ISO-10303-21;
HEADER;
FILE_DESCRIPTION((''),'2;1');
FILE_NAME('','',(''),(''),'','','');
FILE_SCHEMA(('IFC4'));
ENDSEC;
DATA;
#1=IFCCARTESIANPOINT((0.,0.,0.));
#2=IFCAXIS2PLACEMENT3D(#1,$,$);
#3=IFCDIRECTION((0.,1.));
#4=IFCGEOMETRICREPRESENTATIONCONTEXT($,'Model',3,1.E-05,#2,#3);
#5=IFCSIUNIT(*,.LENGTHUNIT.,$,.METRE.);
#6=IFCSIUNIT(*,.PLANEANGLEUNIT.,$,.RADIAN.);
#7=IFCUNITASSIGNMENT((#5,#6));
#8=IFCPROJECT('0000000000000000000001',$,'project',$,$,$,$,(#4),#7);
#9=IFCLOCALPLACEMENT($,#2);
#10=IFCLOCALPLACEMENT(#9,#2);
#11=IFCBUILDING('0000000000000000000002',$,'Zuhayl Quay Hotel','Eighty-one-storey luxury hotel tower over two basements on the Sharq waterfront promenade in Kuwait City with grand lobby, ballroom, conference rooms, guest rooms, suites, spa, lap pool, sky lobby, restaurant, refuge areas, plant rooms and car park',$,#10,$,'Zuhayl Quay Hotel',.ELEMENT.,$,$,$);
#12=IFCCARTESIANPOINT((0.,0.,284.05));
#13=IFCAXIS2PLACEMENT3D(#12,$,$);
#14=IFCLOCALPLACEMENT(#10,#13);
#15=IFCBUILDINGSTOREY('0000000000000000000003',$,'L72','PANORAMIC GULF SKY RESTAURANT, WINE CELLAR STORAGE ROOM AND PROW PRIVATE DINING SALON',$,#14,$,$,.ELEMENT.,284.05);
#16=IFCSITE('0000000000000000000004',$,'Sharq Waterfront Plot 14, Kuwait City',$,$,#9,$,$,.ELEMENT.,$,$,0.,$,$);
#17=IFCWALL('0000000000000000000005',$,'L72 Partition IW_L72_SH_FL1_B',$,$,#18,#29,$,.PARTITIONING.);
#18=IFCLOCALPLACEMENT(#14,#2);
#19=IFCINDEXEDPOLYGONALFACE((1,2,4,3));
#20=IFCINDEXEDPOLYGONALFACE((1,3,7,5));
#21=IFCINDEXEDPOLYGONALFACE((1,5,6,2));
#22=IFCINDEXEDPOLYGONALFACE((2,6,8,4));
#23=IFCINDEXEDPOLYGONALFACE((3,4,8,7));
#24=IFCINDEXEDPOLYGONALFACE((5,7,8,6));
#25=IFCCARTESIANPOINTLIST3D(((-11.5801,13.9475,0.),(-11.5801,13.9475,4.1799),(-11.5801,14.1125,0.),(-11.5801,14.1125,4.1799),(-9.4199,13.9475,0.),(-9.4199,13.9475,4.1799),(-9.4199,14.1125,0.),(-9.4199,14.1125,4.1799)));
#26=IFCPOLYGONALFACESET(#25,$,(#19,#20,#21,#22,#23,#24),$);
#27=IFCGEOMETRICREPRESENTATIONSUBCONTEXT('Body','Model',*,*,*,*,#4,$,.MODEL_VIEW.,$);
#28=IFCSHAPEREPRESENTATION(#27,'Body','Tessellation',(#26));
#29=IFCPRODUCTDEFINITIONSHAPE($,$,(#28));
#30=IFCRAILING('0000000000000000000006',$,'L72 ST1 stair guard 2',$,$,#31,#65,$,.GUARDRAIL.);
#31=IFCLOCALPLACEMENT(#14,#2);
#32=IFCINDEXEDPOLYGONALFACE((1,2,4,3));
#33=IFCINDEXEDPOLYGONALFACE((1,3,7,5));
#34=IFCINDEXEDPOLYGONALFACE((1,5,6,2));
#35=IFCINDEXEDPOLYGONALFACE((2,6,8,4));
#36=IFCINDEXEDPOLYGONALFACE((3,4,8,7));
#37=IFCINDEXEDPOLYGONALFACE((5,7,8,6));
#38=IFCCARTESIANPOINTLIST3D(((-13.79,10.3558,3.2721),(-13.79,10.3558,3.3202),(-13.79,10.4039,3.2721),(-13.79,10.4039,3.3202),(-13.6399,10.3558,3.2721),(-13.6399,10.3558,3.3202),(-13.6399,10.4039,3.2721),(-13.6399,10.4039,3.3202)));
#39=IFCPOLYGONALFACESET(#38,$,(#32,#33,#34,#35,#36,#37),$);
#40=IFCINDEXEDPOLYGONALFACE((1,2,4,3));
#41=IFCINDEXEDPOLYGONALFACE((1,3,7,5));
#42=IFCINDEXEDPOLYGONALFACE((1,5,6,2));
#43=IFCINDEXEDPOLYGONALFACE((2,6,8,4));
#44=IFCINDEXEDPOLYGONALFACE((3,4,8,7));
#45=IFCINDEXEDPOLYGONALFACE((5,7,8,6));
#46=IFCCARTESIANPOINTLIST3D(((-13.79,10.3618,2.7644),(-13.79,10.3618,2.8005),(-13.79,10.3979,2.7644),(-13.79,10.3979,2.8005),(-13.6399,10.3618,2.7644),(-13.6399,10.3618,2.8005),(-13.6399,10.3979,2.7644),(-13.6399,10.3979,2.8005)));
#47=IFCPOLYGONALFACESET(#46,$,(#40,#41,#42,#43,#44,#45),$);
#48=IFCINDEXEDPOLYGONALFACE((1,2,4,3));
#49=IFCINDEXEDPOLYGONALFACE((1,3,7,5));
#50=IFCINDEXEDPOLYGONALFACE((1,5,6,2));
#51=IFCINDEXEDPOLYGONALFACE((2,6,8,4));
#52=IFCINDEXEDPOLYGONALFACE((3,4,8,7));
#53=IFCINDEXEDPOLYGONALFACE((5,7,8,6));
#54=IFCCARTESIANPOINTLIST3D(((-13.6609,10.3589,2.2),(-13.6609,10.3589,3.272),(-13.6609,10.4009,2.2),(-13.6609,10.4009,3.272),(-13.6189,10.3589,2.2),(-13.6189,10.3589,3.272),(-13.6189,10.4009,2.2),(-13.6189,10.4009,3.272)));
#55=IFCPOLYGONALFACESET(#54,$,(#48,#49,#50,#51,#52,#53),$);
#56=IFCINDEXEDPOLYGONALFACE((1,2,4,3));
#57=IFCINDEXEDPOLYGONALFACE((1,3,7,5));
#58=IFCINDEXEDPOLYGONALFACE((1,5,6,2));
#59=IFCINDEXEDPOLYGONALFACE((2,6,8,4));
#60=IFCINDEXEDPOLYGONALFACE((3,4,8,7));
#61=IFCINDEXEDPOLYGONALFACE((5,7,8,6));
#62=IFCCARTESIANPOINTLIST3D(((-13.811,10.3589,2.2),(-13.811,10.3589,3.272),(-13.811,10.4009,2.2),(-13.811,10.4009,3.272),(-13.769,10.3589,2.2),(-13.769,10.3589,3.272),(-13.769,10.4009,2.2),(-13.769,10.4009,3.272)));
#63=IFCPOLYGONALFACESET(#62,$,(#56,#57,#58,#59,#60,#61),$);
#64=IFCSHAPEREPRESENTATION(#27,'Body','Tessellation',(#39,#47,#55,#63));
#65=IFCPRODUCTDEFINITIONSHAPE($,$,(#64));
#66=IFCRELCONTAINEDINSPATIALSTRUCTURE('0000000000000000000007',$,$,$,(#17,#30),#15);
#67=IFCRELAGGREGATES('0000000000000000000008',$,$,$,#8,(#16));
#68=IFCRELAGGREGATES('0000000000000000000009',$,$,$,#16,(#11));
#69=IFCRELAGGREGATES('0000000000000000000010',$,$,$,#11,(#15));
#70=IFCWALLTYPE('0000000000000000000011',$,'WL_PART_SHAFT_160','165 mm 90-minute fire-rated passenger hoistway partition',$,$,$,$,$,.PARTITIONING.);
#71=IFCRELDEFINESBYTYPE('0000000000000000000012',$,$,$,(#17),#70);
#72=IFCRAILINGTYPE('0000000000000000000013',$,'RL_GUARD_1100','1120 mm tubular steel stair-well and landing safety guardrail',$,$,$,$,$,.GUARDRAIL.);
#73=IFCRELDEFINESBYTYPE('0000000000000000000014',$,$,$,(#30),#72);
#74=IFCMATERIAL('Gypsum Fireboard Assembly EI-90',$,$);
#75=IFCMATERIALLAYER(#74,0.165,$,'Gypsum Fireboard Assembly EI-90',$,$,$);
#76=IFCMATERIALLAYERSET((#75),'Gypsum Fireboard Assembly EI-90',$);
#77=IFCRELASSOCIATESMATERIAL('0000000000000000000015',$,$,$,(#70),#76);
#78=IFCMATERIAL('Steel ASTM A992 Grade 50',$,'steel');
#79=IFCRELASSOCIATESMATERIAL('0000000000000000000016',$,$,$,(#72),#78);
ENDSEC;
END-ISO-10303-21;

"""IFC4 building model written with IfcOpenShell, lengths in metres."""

from ifc_helpers import new_model, si_unit, direction, frame, frame_2d, origin, origin_2d, place, context, subcontext, project, spatial, rectangle, extrude, material, layer, layer_set, type_object, element, save


model = new_model("IFC4")

# Units and contexts
model_context = context("Model", 3, precision=1e-05, world=origin(), true_north=direction((0.0, 1.0)))
body_context = subcontext(model_context, "Body", "Model", "MODEL_VIEW")
ifc_project = project(units=[si_unit("LENGTHUNIT", "METRE"), si_unit("PLANEANGLEUNIT", "RADIAN")], contexts=[model_context])

# Site, building, storey
site_placement = place(None, origin())
site = spatial("IfcSite", under=ifc_project, at=site_placement, Name="Sharq Waterfront Plot 14, Kuwait City", CompositionType="ELEMENT", RefElevation=0.0)
building_placement = place(site_placement, origin())
building = spatial("IfcBuilding", under=site, at=building_placement, Name="Zuhayl Quay Hotel", Description="Eighty-one-storey luxury hotel tower over two basements on the Sharq waterfront promenade in Kuwait City with grand lobby, ballroom, conference rooms, guest rooms, suites, spa, lap pool, sky lobby, restaurant, refuge areas, plant rooms and car park", LongName="Zuhayl Quay Hotel", CompositionType="ELEMENT")
storey_placement = place(building_placement, frame((0.0, 0.0, 284.05)))
storey = spatial("IfcBuildingStorey", under=building, at=storey_placement, Name="L72", Description="PANORAMIC GULF SKY RESTAURANT, WINE CELLAR STORAGE ROOM AND PROW PRIVATE DINING SALON", CompositionType="ELEMENT", Elevation=284.05)

# Shared definitions
ifc_material_1 = material(Name="Steel ASTM A992 Grade 50", Category="steel")

# Shared definitions
ifc_material_2 = material(Name="Gypsum Fireboard Assembly EI-90")
ifc_layer_1 = layer(ifc_material_2, 0.165, Name="Gypsum Fireboard Assembly EI-90")
ifc_layer_set_1 = layer_set([ifc_layer_1], Name="Gypsum Fireboard Assembly EI-90")
wall_type_1 = type_object("IfcWallType", Name="WL_PART_SHAFT_160", Description="165 mm 90-minute fire-rated passenger hoistway partition", PredefinedType="PARTITIONING", material=ifc_layer_set_1)

# Wall
wall_1_placement = place(storey_placement, frame((-11.5801, 14.03, 0.0), z_axis=(0.0, 0.0, 1.0), x_axis=(1.0, 0.0, 0.0)))
element("IfcWall", 1, at=wall_1_placement, inside=storey, type_object=wall_type_1, Name="L72 Partition IW_L72_SH_FL1_B", PredefinedType="PARTITIONING", context=body_context, shape_type="SweptSolid", body=[
    extrude(rectangle(XDim=2.1602, YDim=0.165, at=frame_2d((1.0801, 0.0))), origin(), (0.0, 0.0, 1.0), 4.1799),
])

# Railing
railing_type = type_object("IfcRailingType", Name="RL_GUARD_1100", Description="1120 mm tubular steel stair-well and landing safety guardrail", PredefinedType="GUARDRAIL", material=ifc_material_1)
railing_placement = place(storey_placement, frame((-13.6399, 10.3799, 2.2)))
element("IfcRailing", 2, at=railing_placement, inside=storey, type_object=railing_type, Name="L72 ST1 stair guard 2", PredefinedType="GUARDRAIL", context=body_context, shape_type="SweptSolid", body=[
    extrude(rectangle(XDim=0.0481, YDim=0.0481, at=origin_2d()), frame((0.0, 0.0, 1.0962), z_axis=(-1.0, 0.0, 0.0), x_axis=(0.0, -1.0, 0.0)), (0.0, 0.0, 1.0), 0.1501),
    extrude(rectangle(XDim=0.0361, YDim=0.0361, at=origin_2d()), frame((0.0, 0.0, 0.5825), z_axis=(-1.0, 0.0, 0.0), x_axis=(0.0, -1.0, 0.0)), (0.0, 0.0, 1.0), 0.1501),
    extrude(rectangle(XDim=0.042, YDim=0.042, at=origin_2d()), origin(), (0.0, 0.0, 1.0), 1.072),
    extrude(rectangle(XDim=0.042, YDim=0.042, at=origin_2d()), frame((-0.1501, 0.0, 0.0)), (0.0, 0.0, 1.0), 1.072),
])

save(model, "model.ifc")
